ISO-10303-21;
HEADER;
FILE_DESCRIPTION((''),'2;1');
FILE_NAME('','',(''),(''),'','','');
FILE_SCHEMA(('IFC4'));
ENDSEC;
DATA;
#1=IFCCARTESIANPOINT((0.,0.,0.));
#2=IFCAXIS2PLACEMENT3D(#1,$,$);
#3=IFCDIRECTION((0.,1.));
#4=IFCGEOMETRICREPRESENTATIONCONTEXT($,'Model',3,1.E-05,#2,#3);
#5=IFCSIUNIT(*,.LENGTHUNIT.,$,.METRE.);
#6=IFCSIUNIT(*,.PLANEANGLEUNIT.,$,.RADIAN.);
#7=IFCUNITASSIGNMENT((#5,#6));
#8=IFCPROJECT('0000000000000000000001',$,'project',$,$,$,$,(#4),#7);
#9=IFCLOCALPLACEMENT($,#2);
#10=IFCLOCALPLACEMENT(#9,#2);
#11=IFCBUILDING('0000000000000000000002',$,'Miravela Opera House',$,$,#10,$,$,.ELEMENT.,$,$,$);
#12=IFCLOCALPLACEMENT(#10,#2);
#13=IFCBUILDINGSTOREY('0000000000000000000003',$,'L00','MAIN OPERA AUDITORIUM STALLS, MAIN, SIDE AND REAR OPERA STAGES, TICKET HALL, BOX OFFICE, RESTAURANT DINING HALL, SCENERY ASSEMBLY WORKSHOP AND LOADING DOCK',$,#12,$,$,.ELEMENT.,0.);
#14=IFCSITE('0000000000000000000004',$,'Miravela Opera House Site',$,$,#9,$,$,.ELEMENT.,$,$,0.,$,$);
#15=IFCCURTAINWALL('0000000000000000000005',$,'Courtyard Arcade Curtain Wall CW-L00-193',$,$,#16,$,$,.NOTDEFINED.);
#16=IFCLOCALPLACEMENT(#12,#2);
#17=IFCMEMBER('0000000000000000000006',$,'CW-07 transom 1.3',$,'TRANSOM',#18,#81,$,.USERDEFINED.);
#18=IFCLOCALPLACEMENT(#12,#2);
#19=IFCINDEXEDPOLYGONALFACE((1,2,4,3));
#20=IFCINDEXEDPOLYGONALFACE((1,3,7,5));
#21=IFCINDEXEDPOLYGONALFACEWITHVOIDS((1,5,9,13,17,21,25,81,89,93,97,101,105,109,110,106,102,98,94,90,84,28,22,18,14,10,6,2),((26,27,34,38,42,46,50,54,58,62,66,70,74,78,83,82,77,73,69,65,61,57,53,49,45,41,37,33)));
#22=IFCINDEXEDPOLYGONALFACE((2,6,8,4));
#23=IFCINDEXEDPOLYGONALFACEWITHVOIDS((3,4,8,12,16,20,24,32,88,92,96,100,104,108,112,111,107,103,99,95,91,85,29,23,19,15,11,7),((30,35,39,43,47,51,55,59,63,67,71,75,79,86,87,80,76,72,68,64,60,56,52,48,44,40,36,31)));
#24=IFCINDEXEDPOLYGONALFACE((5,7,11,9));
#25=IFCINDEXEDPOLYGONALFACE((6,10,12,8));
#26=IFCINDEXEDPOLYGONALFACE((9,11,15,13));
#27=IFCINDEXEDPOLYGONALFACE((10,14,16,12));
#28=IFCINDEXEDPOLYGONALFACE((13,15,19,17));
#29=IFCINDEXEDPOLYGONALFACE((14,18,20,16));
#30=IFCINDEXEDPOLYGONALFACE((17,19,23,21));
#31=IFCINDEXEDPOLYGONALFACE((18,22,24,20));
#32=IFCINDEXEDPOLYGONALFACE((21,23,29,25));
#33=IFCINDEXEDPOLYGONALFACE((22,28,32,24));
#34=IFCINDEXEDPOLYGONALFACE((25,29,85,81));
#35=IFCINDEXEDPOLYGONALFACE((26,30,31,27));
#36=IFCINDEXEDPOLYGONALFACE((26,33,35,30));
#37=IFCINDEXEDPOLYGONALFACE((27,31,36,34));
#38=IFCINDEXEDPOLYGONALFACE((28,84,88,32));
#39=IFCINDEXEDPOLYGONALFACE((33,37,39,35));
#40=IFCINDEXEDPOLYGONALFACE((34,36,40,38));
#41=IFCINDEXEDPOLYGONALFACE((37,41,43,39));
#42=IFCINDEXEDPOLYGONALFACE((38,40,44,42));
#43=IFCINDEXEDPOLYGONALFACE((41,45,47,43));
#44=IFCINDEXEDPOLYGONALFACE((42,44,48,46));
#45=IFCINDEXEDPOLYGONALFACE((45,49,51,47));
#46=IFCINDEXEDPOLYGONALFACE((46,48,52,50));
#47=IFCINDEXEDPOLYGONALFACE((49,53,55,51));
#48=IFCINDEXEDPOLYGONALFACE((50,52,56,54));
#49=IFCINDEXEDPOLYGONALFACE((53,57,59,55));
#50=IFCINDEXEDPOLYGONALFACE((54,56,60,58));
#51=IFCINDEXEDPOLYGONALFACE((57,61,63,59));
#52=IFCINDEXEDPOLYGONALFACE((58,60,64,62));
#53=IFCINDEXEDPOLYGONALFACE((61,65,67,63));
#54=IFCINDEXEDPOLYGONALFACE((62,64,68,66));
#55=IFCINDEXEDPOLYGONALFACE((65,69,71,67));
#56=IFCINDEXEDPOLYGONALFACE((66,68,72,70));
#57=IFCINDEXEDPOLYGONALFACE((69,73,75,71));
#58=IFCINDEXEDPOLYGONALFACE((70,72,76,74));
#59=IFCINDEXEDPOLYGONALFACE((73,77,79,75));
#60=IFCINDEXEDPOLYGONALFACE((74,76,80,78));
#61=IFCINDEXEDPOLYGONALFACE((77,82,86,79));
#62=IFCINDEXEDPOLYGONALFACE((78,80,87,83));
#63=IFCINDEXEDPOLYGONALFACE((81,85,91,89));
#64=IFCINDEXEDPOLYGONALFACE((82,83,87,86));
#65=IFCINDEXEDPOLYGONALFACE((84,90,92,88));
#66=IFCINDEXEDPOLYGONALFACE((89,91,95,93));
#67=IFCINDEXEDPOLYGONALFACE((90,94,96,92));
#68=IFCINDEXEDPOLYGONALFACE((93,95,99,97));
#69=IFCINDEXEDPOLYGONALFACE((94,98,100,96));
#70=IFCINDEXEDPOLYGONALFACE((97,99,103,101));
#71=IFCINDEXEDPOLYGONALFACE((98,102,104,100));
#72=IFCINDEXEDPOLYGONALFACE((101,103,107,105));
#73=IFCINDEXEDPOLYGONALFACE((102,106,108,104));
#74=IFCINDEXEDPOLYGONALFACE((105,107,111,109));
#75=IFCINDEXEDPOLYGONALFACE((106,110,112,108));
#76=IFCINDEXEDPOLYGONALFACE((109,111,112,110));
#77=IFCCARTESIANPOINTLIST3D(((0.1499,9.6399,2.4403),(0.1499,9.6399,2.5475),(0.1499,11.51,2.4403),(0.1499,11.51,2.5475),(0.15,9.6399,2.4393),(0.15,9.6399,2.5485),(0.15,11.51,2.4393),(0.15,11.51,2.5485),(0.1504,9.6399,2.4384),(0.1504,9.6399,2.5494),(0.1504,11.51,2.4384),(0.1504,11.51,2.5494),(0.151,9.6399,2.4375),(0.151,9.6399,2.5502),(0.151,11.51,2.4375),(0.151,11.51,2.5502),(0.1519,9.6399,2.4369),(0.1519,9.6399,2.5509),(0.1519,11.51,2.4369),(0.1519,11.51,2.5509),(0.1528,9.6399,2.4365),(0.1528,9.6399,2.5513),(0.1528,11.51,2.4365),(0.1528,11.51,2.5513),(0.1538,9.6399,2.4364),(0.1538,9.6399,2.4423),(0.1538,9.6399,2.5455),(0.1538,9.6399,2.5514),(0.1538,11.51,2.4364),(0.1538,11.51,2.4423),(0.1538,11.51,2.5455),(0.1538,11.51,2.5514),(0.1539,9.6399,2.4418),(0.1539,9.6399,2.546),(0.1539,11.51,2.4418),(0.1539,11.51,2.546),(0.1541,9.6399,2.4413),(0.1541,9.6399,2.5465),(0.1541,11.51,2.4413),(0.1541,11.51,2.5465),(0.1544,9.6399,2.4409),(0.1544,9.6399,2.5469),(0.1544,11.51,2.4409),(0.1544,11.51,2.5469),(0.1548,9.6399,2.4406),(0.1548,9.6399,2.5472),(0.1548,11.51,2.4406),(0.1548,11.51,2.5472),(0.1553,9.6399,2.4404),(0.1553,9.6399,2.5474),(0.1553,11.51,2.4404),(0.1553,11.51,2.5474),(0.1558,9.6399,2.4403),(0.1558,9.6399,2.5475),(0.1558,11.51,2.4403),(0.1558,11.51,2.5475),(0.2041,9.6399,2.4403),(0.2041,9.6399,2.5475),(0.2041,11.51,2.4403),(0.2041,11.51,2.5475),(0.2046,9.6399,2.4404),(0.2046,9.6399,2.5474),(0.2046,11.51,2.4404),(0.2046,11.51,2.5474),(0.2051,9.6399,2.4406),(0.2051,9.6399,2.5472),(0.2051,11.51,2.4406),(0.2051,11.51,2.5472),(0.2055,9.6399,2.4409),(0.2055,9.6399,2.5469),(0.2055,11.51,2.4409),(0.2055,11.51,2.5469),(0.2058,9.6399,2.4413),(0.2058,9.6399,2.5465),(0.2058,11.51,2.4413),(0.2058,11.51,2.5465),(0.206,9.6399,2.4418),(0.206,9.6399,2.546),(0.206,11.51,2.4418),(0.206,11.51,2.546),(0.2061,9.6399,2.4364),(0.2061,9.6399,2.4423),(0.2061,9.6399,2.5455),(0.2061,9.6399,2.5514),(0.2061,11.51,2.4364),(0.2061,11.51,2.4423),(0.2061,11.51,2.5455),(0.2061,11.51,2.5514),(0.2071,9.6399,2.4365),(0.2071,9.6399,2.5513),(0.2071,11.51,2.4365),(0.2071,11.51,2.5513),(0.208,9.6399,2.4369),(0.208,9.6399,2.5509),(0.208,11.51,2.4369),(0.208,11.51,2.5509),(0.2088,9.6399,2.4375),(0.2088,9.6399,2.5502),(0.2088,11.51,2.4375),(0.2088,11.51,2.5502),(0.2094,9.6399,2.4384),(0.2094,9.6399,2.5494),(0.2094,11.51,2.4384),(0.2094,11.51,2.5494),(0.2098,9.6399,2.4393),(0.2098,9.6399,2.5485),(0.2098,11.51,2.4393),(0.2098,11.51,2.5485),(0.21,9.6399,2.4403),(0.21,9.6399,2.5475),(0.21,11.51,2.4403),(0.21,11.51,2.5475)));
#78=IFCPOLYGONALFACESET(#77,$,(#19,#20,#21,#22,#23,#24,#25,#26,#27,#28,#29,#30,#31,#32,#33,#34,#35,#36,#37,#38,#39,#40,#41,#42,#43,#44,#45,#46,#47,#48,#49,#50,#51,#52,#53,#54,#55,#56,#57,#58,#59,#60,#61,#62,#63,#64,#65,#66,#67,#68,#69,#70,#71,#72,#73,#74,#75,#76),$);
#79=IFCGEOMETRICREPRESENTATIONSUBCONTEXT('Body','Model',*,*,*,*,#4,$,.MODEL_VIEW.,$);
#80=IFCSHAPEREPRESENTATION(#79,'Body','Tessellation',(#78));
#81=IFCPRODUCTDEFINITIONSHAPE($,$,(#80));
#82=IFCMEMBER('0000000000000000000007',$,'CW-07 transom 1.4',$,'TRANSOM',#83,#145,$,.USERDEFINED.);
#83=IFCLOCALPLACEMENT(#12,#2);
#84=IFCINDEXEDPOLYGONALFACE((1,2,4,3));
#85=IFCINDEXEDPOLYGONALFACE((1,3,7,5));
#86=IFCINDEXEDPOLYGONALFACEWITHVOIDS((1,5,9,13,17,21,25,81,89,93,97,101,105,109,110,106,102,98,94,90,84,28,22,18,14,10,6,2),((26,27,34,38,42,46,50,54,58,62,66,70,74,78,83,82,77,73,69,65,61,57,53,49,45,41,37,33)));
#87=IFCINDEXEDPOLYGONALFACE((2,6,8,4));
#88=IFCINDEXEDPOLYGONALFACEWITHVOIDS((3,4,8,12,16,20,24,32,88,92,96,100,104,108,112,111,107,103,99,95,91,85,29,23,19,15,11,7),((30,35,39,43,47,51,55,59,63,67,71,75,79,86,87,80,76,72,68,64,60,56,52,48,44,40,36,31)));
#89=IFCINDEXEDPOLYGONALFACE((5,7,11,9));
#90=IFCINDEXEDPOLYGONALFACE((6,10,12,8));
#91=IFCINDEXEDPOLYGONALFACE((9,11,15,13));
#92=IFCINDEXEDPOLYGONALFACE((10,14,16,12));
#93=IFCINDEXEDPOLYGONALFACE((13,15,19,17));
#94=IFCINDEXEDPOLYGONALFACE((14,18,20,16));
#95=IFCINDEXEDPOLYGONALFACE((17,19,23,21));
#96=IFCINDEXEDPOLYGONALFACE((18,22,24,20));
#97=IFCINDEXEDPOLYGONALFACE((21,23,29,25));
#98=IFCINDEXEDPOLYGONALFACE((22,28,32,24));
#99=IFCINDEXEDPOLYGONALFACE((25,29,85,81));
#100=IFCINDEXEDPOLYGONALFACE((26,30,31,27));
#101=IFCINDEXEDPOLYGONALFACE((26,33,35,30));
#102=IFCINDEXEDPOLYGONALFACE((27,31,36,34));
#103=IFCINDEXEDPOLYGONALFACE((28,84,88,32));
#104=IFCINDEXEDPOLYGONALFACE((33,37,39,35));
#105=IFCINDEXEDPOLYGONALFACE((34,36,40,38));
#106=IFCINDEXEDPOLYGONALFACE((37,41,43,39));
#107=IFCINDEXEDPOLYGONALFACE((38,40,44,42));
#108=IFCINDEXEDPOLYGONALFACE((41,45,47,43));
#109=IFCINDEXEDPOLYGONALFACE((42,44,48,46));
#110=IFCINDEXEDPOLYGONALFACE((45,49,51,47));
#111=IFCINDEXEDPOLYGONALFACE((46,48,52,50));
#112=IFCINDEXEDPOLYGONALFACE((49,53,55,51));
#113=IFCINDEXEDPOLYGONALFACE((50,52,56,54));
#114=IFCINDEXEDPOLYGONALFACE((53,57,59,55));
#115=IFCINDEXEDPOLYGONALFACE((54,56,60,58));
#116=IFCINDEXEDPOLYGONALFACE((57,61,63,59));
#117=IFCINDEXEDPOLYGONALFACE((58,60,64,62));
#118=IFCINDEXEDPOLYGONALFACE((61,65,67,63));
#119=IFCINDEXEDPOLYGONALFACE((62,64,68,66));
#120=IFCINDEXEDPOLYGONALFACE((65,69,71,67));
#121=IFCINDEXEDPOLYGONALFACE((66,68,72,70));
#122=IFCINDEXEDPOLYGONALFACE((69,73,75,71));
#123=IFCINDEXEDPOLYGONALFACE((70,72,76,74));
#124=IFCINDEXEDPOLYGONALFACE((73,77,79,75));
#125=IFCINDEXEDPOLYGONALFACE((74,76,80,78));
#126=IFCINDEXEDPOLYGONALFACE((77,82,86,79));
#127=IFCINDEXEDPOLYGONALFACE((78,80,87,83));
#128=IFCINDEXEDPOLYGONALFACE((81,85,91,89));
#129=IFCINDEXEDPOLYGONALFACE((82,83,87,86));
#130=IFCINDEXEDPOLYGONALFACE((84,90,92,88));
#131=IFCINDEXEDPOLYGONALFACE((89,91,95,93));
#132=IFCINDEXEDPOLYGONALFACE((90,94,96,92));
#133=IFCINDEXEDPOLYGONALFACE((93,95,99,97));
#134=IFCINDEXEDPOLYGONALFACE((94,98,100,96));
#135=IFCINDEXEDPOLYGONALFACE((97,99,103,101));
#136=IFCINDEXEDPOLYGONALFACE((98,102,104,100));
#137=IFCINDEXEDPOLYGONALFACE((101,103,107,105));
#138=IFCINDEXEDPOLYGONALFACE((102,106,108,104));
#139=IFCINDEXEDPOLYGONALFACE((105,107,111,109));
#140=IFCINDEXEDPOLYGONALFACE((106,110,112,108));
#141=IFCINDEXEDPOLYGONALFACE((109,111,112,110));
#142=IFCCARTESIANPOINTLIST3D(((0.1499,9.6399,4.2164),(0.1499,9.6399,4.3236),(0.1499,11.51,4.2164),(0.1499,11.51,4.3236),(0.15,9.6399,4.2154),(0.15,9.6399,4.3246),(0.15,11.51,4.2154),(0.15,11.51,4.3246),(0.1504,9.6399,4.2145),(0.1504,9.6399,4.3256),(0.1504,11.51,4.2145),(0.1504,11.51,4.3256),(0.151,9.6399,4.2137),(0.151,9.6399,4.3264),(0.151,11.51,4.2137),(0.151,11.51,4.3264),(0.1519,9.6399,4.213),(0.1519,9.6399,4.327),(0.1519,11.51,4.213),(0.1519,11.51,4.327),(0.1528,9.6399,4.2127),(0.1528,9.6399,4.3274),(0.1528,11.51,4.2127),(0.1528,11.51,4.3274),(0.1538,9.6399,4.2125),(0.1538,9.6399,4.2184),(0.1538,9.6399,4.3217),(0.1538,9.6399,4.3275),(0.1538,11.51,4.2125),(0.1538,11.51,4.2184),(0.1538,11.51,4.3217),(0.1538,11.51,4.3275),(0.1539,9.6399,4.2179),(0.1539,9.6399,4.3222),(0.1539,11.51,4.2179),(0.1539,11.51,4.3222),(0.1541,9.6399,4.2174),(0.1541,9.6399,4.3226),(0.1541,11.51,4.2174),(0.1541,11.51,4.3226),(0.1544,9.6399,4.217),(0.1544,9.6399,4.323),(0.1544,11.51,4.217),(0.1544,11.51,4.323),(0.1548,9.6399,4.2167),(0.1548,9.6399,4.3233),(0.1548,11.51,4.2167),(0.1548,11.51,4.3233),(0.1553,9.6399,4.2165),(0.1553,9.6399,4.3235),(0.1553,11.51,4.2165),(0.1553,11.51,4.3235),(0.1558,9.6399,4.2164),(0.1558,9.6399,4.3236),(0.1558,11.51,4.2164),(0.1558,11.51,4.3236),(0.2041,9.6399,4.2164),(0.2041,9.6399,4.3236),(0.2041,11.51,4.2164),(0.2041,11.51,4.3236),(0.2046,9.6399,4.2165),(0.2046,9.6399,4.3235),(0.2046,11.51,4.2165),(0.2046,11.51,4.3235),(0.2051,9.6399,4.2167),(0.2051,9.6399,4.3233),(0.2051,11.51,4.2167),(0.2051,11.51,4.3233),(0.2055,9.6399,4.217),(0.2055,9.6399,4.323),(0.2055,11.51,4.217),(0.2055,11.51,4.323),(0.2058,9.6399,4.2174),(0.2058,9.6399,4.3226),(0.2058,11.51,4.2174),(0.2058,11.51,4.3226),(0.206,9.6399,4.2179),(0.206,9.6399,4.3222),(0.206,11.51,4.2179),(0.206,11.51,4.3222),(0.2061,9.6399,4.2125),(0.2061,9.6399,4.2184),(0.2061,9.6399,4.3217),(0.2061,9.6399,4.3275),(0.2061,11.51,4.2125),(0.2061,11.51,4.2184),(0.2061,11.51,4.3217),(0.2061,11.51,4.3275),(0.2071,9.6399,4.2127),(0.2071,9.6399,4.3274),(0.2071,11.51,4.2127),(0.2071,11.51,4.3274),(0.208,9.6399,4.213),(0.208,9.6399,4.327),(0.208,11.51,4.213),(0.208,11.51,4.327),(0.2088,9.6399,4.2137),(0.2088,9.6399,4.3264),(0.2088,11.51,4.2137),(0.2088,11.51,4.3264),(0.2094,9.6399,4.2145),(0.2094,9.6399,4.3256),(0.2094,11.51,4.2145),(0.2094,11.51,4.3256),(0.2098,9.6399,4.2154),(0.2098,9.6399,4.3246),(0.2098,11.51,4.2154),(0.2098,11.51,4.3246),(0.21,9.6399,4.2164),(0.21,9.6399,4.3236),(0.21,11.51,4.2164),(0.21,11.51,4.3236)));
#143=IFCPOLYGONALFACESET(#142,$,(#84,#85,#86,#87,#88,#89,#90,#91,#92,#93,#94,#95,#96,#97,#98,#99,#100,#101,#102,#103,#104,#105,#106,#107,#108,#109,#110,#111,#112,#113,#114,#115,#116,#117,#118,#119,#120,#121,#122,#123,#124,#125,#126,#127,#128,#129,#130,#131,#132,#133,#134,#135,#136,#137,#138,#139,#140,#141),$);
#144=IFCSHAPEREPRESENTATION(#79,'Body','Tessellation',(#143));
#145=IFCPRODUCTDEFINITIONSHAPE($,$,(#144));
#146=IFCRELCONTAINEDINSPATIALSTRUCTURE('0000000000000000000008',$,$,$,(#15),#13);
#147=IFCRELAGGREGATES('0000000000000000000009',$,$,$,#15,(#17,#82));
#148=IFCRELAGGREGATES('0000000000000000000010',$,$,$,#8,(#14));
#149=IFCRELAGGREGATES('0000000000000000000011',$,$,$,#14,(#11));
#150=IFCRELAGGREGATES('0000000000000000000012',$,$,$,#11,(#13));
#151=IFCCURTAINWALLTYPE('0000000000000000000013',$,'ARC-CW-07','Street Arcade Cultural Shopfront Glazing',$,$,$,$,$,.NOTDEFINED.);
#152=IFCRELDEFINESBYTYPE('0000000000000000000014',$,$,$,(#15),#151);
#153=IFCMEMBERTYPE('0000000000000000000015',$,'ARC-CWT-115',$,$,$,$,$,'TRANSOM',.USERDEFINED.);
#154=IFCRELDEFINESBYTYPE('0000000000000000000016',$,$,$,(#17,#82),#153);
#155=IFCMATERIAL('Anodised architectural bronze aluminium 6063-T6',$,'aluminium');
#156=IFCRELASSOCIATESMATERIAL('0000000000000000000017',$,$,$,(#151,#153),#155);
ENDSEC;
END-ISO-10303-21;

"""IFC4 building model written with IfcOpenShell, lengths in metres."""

from ifc_helpers import new_model, si_unit, direction, frame, origin, origin_2d, place, context, subcontext, project, spatial, hollow_rectangle, extrude, material, material_profile, profile_set, type_object, element, aggregate, save


model = new_model("IFC4")

# Units and contexts
model_context = context("Model", 3, precision=1e-05, world=origin(), true_north=direction((0.0, 1.0)))
body_context = subcontext(model_context, "Body", "Model", "MODEL_VIEW")
ifc_project = project(units=[si_unit("LENGTHUNIT", "METRE"), si_unit("PLANEANGLEUNIT", "RADIAN")], contexts=[model_context])

# Site, building, storey
site_placement = place(None, origin())
site = spatial("IfcSite", under=ifc_project, at=site_placement, Name="Miravela Opera House Site", CompositionType="ELEMENT", RefElevation=0.0)
building_placement = place(site_placement, origin())
building = spatial("IfcBuilding", under=site, at=building_placement, Name="Miravela Opera House", CompositionType="ELEMENT")
storey_placement = place(building_placement, origin())
storey = spatial("IfcBuildingStorey", under=building, at=storey_placement, Name="L00", Description="MAIN OPERA AUDITORIUM STALLS, MAIN, SIDE AND REAR OPERA STAGES, TICKET HALL, BOX OFFICE, RESTAURANT DINING HALL, SCENERY ASSEMBLY WORKSHOP AND LOADING DOCK", CompositionType="ELEMENT", Elevation=0.0)

# Shared definitions
ifc_material_1 = material(Name="Anodised architectural bronze aluminium 6063-T6", Category="aluminium")
curtain_wall_type = type_object("IfcCurtainWallType", Name="ARC-CW-07", Description="Street Arcade Cultural Shopfront Glazing", PredefinedType="NOTDEFINED", material=ifc_material_1)

# Curtain wall
curtain_wall_1_placement = place(storey_placement, origin())
curtain_wall_1 = element("IfcCurtainWall", 1, at=curtain_wall_1_placement, inside=storey, type_object=curtain_wall_type, Name="Courtyard Arcade Curtain Wall CW-L00-193", PredefinedType="NOTDEFINED")

# Members
ifc_material_profile_1 = material_profile(ifc_material_1, hollow_rectangle(XDim=0.0601, YDim=0.115, WallThickness=0.0039, InnerFilletRadius=0.002, OuterFilletRadius=0.0039, at=origin_2d()), Name="CWT-60X115")
ifc_profile_set_1 = profile_set([ifc_material_profile_1])
member_type_1 = type_object("IfcMemberType", Name="ARC-CWT-115", ElementType="TRANSOM", PredefinedType="USERDEFINED", material=ifc_profile_set_1)
member_1_placement = place(storey_placement, frame((0.1799, 9.6399, 2.4939), z_axis=(0.0, 1.0, 0.0), x_axis=(-1.0, 0.0, 0.0)))
member_1 = element("IfcMember", 2, at=member_1_placement, type_object=member_type_1, Name="CW-07 transom 1.3", ObjectType="TRANSOM", PredefinedType="USERDEFINED", context=body_context, shape_type="SweptSolid", body=[
    extrude(hollow_rectangle(XDim=0.0601, YDim=0.115, WallThickness=0.0039, InnerFilletRadius=0.002, OuterFilletRadius=0.0039, at=origin_2d()), origin(), (0.0, 0.0, 1.0), 1.8701),
])
member_2_placement = place(storey_placement, frame((0.1799, 9.6399, 4.27), z_axis=(0.0, 1.0, 0.0), x_axis=(-1.0, 0.0, 0.0)))
member_2 = element("IfcMember", 3, at=member_2_placement, type_object=member_type_1, Name="CW-07 transom 1.4", ObjectType="TRANSOM", PredefinedType="USERDEFINED", context=body_context, shape_type="SweptSolid", body=[
    extrude(hollow_rectangle(XDim=0.0601, YDim=0.115, WallThickness=0.0039, InnerFilletRadius=0.002, OuterFilletRadius=0.0039, at=origin_2d()), origin(), (0.0, 0.0, 1.0), 1.8701),
])

aggregate(curtain_wall_1, [member_1, member_2])

save(model, "model.ifc")
